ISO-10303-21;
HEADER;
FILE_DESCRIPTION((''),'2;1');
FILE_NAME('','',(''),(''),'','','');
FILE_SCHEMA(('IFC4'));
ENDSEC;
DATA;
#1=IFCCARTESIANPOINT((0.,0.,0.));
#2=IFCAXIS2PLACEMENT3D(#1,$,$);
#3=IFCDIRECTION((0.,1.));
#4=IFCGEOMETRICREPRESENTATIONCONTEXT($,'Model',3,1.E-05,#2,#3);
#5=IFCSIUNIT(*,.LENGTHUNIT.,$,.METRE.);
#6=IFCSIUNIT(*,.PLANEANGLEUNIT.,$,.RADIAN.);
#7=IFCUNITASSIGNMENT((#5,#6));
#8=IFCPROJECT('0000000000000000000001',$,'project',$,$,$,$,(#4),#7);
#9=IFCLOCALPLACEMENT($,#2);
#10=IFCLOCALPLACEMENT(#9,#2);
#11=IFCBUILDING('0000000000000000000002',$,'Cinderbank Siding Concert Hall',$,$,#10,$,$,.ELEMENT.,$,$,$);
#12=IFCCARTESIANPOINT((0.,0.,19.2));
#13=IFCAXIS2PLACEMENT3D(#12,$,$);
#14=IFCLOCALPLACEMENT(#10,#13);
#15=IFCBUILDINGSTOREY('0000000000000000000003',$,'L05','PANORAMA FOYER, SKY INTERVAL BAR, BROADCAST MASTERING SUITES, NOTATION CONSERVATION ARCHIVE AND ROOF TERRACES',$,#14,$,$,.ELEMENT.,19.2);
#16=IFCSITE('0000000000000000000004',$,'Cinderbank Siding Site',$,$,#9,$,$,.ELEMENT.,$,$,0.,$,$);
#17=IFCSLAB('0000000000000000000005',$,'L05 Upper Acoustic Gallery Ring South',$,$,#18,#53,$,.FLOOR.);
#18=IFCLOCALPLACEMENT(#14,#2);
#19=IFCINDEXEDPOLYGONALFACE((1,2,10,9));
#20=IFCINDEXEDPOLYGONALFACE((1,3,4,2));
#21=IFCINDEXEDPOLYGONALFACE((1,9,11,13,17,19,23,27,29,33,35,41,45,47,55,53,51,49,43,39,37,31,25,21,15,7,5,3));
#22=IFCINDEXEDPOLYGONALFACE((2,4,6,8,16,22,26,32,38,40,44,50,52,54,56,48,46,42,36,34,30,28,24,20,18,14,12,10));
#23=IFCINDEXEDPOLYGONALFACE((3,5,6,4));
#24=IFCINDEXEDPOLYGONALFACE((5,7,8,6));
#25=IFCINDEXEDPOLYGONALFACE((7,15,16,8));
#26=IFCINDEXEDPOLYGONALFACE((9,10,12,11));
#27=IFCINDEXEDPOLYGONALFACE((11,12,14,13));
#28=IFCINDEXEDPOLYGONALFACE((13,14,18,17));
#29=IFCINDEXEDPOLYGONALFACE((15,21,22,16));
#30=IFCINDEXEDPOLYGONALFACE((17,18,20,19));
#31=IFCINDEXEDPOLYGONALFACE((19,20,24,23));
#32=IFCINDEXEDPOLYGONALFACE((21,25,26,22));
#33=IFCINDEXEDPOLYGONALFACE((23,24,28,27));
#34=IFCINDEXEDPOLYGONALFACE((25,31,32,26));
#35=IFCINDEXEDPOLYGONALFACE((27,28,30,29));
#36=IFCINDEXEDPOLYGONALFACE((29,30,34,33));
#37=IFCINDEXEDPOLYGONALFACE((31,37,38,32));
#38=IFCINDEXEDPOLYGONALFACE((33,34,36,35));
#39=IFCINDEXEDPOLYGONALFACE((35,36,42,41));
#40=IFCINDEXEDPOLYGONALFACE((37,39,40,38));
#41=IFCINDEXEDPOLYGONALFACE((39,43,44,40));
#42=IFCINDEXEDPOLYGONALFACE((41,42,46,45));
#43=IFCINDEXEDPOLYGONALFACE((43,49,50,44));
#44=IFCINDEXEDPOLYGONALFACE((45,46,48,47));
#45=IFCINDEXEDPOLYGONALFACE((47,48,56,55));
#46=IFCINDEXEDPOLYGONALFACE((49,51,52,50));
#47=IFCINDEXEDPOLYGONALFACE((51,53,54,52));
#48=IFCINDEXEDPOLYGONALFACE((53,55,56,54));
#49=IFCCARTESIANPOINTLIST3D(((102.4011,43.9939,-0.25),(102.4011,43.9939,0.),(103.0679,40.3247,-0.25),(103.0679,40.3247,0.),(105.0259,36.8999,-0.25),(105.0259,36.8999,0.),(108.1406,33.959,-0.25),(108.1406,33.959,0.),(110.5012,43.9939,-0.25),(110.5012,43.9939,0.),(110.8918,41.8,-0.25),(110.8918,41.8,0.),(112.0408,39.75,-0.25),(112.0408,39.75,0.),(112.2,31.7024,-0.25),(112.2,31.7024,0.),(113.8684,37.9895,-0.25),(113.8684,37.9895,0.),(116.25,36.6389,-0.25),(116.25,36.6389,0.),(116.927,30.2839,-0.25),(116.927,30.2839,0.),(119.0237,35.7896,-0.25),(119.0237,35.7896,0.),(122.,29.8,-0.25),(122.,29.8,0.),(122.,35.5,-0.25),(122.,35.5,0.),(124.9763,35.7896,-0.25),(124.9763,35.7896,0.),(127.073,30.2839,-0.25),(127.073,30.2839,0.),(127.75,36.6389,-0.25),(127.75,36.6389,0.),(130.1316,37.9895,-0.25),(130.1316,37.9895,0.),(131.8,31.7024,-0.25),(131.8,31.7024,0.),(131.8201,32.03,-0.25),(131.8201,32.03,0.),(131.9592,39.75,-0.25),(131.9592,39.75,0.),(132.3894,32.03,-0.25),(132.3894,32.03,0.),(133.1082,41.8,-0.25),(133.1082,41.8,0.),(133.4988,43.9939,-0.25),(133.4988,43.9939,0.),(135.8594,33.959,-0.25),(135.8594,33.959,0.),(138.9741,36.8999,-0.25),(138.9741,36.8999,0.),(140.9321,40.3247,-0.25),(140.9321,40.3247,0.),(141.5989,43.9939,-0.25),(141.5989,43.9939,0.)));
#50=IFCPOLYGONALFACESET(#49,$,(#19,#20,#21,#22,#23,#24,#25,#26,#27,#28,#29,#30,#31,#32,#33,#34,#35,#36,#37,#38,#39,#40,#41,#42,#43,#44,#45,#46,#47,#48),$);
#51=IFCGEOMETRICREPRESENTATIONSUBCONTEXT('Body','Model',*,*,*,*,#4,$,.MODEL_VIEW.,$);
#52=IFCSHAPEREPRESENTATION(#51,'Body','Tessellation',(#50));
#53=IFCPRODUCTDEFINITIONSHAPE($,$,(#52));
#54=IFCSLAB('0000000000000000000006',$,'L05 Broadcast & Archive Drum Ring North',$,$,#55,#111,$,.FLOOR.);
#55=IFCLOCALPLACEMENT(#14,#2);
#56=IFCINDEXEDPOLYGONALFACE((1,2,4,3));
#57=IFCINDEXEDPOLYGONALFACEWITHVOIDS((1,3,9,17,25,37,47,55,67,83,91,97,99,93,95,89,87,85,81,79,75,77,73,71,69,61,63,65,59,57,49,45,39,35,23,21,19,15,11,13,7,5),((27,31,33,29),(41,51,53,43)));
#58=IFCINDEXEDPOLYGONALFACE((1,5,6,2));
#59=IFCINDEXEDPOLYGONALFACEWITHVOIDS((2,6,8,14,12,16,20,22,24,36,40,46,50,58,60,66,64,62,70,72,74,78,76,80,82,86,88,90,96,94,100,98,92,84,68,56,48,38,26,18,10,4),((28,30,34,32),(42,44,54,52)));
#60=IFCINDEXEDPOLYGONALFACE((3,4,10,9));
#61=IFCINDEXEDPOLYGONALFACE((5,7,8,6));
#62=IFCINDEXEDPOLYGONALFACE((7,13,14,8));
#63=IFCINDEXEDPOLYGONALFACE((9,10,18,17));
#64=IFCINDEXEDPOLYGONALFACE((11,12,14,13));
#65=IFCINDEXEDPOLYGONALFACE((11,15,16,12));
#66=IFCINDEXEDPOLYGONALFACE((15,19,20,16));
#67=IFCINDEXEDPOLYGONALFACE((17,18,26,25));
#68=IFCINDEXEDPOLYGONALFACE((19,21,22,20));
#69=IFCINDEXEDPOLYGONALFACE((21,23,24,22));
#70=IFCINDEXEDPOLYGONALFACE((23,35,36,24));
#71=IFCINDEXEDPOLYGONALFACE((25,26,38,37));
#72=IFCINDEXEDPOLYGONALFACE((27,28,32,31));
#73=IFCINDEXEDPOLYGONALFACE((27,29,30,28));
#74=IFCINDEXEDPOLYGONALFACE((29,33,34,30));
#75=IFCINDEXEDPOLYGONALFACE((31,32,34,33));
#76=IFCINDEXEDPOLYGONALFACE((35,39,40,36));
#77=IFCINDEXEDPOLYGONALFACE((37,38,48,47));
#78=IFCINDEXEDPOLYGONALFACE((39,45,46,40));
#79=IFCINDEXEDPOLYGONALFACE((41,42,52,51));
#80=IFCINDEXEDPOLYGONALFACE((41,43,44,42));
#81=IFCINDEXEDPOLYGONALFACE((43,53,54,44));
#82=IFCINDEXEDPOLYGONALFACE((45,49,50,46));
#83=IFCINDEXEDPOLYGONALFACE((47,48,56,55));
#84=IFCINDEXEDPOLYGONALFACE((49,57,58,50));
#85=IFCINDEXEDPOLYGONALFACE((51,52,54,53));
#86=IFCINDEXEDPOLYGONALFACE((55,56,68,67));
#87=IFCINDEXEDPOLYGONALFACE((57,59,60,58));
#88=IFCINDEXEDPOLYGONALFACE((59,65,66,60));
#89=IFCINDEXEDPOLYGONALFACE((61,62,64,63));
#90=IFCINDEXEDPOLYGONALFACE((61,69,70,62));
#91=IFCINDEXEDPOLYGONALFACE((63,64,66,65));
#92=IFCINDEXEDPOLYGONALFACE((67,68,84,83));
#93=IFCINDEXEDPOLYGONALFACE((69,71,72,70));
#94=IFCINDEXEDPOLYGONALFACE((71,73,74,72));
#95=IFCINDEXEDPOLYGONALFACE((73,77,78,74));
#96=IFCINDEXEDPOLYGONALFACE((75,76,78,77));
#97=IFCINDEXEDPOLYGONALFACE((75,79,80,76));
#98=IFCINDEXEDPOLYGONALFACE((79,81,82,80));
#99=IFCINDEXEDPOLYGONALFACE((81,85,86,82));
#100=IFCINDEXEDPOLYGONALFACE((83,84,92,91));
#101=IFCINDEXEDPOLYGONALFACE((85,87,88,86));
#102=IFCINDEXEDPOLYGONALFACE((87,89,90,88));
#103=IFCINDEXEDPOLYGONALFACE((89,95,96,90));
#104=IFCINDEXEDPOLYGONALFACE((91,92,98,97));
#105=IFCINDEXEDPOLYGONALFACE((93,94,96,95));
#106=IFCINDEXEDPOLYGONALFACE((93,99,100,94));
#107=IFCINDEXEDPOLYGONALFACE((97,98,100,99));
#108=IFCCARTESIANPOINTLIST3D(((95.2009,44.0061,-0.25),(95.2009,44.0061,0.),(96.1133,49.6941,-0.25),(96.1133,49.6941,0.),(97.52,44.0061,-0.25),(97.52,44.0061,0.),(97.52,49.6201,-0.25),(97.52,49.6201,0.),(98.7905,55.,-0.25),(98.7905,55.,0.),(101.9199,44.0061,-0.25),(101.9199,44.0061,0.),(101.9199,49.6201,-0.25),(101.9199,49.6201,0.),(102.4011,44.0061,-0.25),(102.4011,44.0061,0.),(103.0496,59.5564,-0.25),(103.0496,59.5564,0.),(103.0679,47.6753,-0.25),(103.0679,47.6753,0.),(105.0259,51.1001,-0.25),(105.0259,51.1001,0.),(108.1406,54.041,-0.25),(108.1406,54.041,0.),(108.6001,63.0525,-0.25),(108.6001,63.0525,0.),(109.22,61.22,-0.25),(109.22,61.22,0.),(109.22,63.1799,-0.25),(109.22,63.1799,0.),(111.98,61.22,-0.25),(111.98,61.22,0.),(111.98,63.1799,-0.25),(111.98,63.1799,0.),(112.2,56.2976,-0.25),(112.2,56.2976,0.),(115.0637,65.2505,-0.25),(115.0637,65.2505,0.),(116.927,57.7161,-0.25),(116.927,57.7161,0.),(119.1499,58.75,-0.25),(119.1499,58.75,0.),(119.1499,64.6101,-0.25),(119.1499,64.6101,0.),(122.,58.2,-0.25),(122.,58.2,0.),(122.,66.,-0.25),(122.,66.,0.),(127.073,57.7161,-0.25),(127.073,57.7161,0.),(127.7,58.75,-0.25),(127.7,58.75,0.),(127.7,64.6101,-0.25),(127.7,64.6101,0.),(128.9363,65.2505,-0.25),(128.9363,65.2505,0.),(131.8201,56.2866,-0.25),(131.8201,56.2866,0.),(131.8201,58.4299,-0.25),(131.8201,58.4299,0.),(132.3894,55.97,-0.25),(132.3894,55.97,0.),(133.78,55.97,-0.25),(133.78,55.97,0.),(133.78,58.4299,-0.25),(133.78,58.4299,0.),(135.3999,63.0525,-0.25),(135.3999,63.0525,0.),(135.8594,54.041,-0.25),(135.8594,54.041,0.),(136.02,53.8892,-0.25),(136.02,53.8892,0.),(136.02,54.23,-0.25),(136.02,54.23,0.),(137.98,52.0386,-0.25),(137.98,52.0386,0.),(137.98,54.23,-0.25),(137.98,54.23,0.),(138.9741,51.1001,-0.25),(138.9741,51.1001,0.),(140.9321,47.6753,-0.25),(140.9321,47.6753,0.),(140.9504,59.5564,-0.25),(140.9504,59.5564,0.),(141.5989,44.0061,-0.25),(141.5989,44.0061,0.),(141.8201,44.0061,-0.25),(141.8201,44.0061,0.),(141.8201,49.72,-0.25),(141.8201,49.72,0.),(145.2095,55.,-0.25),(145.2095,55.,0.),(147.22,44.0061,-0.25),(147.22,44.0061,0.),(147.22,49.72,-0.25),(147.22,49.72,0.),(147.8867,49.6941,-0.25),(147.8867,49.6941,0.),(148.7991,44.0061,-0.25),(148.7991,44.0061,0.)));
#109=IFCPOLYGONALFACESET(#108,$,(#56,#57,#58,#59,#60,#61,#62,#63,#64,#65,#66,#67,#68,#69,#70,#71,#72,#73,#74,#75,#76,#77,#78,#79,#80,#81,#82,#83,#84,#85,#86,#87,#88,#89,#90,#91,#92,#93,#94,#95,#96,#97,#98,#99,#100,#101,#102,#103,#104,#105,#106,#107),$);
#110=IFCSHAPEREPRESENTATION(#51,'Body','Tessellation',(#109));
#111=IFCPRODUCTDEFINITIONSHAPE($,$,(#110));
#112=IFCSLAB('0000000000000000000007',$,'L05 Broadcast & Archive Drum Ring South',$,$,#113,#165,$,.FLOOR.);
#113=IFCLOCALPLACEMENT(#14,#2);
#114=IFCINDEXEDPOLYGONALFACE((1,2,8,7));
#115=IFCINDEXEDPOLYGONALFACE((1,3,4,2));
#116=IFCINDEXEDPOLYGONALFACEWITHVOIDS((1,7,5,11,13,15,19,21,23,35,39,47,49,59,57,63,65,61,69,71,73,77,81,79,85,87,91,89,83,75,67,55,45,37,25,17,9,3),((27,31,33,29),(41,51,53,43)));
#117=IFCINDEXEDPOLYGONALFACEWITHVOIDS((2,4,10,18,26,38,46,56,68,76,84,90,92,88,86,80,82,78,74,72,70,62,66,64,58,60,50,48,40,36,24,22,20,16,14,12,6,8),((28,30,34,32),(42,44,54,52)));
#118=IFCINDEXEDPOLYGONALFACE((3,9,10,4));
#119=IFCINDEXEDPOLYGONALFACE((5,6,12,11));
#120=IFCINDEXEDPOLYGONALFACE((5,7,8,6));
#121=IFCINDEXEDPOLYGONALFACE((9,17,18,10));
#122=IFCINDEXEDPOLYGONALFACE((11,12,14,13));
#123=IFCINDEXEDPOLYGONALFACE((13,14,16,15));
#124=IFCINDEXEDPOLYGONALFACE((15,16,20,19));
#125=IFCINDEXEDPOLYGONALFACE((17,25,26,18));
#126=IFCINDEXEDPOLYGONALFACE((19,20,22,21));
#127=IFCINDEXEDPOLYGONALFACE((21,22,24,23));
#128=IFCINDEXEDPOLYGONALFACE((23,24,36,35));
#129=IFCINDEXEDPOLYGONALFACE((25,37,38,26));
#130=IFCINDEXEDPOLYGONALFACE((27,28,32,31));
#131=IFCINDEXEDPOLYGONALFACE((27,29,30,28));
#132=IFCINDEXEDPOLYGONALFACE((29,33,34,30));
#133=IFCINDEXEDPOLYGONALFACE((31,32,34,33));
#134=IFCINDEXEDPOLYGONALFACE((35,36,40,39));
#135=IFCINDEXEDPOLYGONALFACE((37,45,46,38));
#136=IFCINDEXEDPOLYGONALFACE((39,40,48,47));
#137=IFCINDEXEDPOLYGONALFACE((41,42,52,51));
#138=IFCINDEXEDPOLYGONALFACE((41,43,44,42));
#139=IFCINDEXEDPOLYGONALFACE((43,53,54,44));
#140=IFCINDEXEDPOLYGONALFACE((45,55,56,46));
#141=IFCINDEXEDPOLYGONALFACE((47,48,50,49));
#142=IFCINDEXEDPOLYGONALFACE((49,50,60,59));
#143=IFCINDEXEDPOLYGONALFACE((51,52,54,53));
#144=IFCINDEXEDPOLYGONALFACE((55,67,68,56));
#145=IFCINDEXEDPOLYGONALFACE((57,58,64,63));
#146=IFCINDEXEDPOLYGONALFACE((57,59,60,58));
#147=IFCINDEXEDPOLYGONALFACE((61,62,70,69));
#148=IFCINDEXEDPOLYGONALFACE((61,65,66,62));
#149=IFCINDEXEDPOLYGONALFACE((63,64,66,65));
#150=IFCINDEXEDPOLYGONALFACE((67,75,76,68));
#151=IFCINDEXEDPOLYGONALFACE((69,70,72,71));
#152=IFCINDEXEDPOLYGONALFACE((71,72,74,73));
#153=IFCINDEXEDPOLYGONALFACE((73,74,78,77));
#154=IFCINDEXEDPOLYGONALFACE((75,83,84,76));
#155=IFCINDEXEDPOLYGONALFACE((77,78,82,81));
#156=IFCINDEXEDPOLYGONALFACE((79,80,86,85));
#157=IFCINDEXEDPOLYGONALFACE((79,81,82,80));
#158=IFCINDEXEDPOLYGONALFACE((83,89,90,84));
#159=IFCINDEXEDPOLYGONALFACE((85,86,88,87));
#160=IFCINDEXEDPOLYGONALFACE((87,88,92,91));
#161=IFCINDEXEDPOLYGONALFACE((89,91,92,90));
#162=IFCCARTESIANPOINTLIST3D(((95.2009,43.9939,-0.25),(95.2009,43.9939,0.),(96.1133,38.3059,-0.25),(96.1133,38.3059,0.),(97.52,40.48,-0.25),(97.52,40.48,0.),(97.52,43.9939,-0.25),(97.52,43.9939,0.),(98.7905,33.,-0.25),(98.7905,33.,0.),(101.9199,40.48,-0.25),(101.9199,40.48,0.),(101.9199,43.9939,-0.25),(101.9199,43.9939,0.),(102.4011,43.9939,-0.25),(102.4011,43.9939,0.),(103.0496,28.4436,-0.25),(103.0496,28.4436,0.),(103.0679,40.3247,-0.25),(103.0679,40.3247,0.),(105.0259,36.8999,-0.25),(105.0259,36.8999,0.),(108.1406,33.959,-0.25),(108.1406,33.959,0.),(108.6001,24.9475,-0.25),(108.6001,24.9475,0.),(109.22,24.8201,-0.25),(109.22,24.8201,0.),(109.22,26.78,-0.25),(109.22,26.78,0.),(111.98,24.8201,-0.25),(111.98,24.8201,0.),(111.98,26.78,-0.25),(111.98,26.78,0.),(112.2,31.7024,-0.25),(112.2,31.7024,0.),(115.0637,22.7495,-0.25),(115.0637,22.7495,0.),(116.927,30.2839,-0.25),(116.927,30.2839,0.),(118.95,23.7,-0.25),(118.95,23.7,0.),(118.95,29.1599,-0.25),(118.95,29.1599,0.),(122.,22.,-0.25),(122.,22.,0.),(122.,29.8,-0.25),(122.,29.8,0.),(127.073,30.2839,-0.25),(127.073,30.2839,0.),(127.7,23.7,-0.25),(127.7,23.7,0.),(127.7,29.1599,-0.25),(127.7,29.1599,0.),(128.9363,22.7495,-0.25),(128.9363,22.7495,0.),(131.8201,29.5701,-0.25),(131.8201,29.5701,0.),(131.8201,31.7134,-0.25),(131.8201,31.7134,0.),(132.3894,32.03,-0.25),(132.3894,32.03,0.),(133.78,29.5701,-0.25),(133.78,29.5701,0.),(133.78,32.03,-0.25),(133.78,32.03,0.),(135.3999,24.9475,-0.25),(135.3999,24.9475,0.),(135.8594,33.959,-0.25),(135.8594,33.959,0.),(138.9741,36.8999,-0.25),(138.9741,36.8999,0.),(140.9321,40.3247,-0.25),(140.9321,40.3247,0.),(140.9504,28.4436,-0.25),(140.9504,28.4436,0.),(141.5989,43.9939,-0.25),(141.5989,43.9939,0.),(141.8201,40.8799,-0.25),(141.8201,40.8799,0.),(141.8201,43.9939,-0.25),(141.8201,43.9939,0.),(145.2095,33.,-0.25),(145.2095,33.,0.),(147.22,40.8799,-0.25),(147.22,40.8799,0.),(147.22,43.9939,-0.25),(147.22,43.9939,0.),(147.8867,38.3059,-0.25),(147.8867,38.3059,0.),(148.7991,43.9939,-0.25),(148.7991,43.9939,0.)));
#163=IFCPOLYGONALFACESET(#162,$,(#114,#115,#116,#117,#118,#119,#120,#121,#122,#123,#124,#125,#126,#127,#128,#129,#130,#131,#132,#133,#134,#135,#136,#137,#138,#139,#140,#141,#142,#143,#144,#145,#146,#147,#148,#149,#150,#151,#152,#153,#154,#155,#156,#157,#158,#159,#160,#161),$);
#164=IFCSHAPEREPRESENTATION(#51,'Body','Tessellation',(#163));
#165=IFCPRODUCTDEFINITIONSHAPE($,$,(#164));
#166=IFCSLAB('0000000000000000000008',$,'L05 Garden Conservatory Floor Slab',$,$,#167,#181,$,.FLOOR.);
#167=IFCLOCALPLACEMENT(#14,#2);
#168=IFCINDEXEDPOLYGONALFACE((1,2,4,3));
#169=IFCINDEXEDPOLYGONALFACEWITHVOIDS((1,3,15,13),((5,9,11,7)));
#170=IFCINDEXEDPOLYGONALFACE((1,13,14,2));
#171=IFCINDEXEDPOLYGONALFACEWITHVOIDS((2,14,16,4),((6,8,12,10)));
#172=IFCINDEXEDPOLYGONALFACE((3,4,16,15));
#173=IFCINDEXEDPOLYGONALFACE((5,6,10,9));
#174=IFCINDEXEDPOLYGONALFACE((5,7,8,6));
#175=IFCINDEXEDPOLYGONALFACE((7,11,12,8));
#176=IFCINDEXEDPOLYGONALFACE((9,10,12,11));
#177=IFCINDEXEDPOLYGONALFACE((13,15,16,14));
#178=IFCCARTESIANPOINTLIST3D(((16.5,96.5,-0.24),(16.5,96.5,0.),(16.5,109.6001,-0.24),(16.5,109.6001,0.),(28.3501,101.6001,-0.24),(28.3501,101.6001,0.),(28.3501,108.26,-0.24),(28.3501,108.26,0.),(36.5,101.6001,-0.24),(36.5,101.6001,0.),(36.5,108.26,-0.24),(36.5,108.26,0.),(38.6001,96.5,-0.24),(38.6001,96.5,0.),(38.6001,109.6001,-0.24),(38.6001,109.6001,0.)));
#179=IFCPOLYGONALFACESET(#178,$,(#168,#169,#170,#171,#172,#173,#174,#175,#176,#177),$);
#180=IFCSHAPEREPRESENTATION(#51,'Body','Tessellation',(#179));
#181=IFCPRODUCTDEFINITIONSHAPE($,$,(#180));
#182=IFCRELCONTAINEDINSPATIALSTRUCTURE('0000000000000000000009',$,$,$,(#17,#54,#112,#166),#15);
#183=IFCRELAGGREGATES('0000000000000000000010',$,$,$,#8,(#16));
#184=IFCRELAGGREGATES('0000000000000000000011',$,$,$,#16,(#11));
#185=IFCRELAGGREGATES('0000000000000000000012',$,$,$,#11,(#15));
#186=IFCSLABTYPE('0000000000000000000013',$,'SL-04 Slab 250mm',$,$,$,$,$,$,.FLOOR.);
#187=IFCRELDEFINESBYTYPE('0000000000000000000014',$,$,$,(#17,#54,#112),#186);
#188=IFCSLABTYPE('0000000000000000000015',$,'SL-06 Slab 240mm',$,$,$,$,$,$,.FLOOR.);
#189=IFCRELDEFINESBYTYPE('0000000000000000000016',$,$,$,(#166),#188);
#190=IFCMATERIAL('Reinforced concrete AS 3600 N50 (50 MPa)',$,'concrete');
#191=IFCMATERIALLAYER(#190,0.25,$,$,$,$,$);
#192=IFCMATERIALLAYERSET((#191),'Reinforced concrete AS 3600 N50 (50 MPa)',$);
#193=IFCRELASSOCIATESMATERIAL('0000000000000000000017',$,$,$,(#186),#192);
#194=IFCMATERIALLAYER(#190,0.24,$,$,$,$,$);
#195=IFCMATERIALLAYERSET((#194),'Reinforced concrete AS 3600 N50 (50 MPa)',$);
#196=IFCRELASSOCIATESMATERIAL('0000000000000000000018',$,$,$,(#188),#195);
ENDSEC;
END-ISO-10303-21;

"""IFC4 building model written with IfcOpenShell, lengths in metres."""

from ifc_helpers import new_model, si_unit, direction, frame, origin, place, context, subcontext, project, spatial, polyline, outline, extrude, material, layer, layer_set, type_object, element, save


model = new_model("IFC4")

# Units and contexts
model_context = context("Model", 3, precision=1e-05, world=origin(), true_north=direction((0.0, 1.0)))
body_context = subcontext(model_context, "Body", "Model", "MODEL_VIEW")
ifc_project = project(units=[si_unit("LENGTHUNIT", "METRE"), si_unit("PLANEANGLEUNIT", "RADIAN")], contexts=[model_context])

# Site, building, storey
site_placement = place(None, origin())
site = spatial("IfcSite", under=ifc_project, at=site_placement, Name="Cinderbank Siding Site", CompositionType="ELEMENT", RefElevation=0.0)
building_placement = place(site_placement, origin())
building = spatial("IfcBuilding", under=site, at=building_placement, Name="Cinderbank Siding Concert Hall", CompositionType="ELEMENT")
storey_placement = place(building_placement, frame((0.0, 0.0, 19.2)))
storey = spatial("IfcBuildingStorey", under=building, at=storey_placement, Name="L05", Description="PANORAMA FOYER, SKY INTERVAL BAR, BROADCAST MASTERING SUITES, NOTATION CONSERVATION ARCHIVE AND ROOF TERRACES", CompositionType="ELEMENT", Elevation=19.2)

# Shared definitions
ifc_material_1 = material(Name="Reinforced concrete AS 3600 N50 (50 MPa)", Category="concrete")

# Slabs
ifc_layer_1 = layer(ifc_material_1, 0.25)
ifc_layer_set_1 = layer_set([ifc_layer_1], Name="Reinforced concrete AS 3600 N50 (50 MPa)")
slab_type_1 = type_object("IfcSlabType", Name="SL-04 Slab 250mm", PredefinedType="FLOOR", material=ifc_layer_set_1)
slab_1_placement = place(storey_placement, frame((0.0, 0.0, -0.25)))
element("IfcSlab", 1, at=slab_1_placement, inside=storey, type_object=slab_type_1, Name="L05 Upper Acoustic Gallery Ring South", PredefinedType="FLOOR", context=body_context, shape_type="SweptSolid", body=[
    extrude(outline(polyline([(135.8594, 33.959), (132.3894, 32.03), (131.8201, 32.03), (131.8, 31.7024), (127.073, 30.2839), (122.0, 29.8), (116.927, 30.2839), (112.2, 31.7024), (108.1406, 33.959), (105.0259, 36.8999), (103.0679, 40.3247), (102.4011, 43.9939), (110.5012, 43.9939), (110.8918, 41.8), (112.0408, 39.75), (113.8684, 37.9895), (116.25, 36.6389), (119.0237, 35.7896), (122.0, 35.5), (124.9763, 35.7896), (127.75, 36.6389), (130.1316, 37.9895), (131.9592, 39.75), (133.1082, 41.8), (133.4988, 43.9939), (141.5989, 43.9939), (140.9321, 40.3247), (138.9741, 36.8999), (135.8594, 33.959)])), origin(), (0.0, 0.0, 1.0), 0.25),
])
slab_2_placement = place(storey_placement, frame((0.0, 0.0, -0.25)))
element("IfcSlab", 2, at=slab_2_placement, inside=storey, type_object=slab_type_1, Name="L05 Broadcast & Archive Drum Ring North", PredefinedType="FLOOR", context=body_context, shape_type="SweptSolid", body=[
    extrude(outline(polyline([(122.0, 66.0), (128.9363, 65.2505), (135.3999, 63.0525), (140.9504, 59.5564), (145.2095, 55.0), (147.8867, 49.6941), (148.7991, 44.0061), (147.22, 44.0061), (147.22, 49.72), (141.8201, 49.72), (141.8201, 44.0061), (141.5989, 44.0061), (140.9321, 47.6753), (138.9741, 51.1001), (137.98, 52.0386), (137.98, 54.23), (136.02, 54.23), (136.02, 53.8892), (135.8594, 54.041), (132.3894, 55.97), (133.78, 55.97), (133.78, 58.4299), (131.8201, 58.4299), (131.8201, 56.2866), (127.073, 57.7161), (122.0, 58.2), (116.927, 57.7161), (112.2, 56.2976), (108.1406, 54.041), (105.0259, 51.1001), (103.0679, 47.6753), (102.4011, 44.0061), (101.9199, 44.0061), (101.9199, 49.6201), (97.52, 49.6201), (97.52, 44.0061), (95.2009, 44.0061), (96.1133, 49.6941), (98.7905, 55.0), (103.0496, 59.5564), (108.6001, 63.0525), (115.0637, 65.2505), (122.0, 66.0)]), holes=[polyline([(119.1499, 58.75), (127.7, 58.75), (127.7, 64.6101), (119.1499, 64.6101), (119.1499, 58.75)]), polyline([(111.98, 61.22), (111.98, 63.1799), (109.22, 63.1799), (109.22, 61.22), (111.98, 61.22)])]), origin(), (0.0, 0.0, 1.0), 0.25),
])
slab_3_placement = place(storey_placement, frame((0.0, 0.0, -0.25)))
element("IfcSlab", 3, at=slab_3_placement, inside=storey, type_object=slab_type_1, Name="L05 Broadcast & Archive Drum Ring South", PredefinedType="FLOOR", context=body_context, shape_type="SweptSolid", body=[
    extrude(outline(polyline([(122.0, 22.0), (115.0637, 22.7495), (108.6001, 24.9475), (103.0496, 28.4436), (98.7905, 33.0), (96.1133, 38.3059), (95.2009, 43.9939), (97.52, 43.9939), (97.52, 40.48), (101.9199, 40.48), (101.9199, 43.9939), (102.4011, 43.9939), (103.0679, 40.3247), (105.0259, 36.8999), (108.1406, 33.959), (112.2, 31.7024), (116.927, 30.2839), (122.0, 29.8), (127.073, 30.2839), (131.8201, 31.7134), (131.8201, 29.5701), (133.78, 29.5701), (133.78, 32.03), (132.3894, 32.03), (135.8594, 33.959), (138.9741, 36.8999), (140.9321, 40.3247), (141.5989, 43.9939), (141.8201, 43.9939), (141.8201, 40.8799), (147.22, 40.8799), (147.22, 43.9939), (148.7991, 43.9939), (147.8867, 38.3059), (145.2095, 33.0), (140.9504, 28.4436), (135.3999, 24.9475), (128.9363, 22.7495), (122.0, 22.0)]), holes=[polyline([(118.95, 23.7), (127.7, 23.7), (127.7, 29.1599), (118.95, 29.1599), (118.95, 23.7)]), polyline([(111.98, 24.8201), (111.98, 26.78), (109.22, 26.78), (109.22, 24.8201), (111.98, 24.8201)])]), origin(), (0.0, 0.0, 1.0), 0.25),
])
ifc_layer_2 = layer(ifc_material_1, 0.24)
ifc_layer_set_2 = layer_set([ifc_layer_2], Name="Reinforced concrete AS 3600 N50 (50 MPa)")
slab_type_2 = type_object("IfcSlabType", Name="SL-06 Slab 240mm", PredefinedType="FLOOR", material=ifc_layer_set_2)
slab_4_placement = place(storey_placement, frame((0.0, 0.0, -0.24)))
element("IfcSlab", 4, at=slab_4_placement, inside=storey, type_object=slab_type_2, Name="L05 Garden Conservatory Floor Slab", PredefinedType="FLOOR", context=body_context, shape_type="SweptSolid", body=[
    extrude(outline(polyline([(16.5, 96.5), (16.5, 109.6001), (38.6001, 109.6001), (38.6001, 96.5), (16.5, 96.5)]), holes=[polyline([(28.3501, 101.6001), (36.5, 101.6001), (36.5, 108.26), (28.3501, 108.26), (28.3501, 101.6001)])]), origin(), (0.0, 0.0, 1.0), 0.24),
])

save(model, "model.ifc")
